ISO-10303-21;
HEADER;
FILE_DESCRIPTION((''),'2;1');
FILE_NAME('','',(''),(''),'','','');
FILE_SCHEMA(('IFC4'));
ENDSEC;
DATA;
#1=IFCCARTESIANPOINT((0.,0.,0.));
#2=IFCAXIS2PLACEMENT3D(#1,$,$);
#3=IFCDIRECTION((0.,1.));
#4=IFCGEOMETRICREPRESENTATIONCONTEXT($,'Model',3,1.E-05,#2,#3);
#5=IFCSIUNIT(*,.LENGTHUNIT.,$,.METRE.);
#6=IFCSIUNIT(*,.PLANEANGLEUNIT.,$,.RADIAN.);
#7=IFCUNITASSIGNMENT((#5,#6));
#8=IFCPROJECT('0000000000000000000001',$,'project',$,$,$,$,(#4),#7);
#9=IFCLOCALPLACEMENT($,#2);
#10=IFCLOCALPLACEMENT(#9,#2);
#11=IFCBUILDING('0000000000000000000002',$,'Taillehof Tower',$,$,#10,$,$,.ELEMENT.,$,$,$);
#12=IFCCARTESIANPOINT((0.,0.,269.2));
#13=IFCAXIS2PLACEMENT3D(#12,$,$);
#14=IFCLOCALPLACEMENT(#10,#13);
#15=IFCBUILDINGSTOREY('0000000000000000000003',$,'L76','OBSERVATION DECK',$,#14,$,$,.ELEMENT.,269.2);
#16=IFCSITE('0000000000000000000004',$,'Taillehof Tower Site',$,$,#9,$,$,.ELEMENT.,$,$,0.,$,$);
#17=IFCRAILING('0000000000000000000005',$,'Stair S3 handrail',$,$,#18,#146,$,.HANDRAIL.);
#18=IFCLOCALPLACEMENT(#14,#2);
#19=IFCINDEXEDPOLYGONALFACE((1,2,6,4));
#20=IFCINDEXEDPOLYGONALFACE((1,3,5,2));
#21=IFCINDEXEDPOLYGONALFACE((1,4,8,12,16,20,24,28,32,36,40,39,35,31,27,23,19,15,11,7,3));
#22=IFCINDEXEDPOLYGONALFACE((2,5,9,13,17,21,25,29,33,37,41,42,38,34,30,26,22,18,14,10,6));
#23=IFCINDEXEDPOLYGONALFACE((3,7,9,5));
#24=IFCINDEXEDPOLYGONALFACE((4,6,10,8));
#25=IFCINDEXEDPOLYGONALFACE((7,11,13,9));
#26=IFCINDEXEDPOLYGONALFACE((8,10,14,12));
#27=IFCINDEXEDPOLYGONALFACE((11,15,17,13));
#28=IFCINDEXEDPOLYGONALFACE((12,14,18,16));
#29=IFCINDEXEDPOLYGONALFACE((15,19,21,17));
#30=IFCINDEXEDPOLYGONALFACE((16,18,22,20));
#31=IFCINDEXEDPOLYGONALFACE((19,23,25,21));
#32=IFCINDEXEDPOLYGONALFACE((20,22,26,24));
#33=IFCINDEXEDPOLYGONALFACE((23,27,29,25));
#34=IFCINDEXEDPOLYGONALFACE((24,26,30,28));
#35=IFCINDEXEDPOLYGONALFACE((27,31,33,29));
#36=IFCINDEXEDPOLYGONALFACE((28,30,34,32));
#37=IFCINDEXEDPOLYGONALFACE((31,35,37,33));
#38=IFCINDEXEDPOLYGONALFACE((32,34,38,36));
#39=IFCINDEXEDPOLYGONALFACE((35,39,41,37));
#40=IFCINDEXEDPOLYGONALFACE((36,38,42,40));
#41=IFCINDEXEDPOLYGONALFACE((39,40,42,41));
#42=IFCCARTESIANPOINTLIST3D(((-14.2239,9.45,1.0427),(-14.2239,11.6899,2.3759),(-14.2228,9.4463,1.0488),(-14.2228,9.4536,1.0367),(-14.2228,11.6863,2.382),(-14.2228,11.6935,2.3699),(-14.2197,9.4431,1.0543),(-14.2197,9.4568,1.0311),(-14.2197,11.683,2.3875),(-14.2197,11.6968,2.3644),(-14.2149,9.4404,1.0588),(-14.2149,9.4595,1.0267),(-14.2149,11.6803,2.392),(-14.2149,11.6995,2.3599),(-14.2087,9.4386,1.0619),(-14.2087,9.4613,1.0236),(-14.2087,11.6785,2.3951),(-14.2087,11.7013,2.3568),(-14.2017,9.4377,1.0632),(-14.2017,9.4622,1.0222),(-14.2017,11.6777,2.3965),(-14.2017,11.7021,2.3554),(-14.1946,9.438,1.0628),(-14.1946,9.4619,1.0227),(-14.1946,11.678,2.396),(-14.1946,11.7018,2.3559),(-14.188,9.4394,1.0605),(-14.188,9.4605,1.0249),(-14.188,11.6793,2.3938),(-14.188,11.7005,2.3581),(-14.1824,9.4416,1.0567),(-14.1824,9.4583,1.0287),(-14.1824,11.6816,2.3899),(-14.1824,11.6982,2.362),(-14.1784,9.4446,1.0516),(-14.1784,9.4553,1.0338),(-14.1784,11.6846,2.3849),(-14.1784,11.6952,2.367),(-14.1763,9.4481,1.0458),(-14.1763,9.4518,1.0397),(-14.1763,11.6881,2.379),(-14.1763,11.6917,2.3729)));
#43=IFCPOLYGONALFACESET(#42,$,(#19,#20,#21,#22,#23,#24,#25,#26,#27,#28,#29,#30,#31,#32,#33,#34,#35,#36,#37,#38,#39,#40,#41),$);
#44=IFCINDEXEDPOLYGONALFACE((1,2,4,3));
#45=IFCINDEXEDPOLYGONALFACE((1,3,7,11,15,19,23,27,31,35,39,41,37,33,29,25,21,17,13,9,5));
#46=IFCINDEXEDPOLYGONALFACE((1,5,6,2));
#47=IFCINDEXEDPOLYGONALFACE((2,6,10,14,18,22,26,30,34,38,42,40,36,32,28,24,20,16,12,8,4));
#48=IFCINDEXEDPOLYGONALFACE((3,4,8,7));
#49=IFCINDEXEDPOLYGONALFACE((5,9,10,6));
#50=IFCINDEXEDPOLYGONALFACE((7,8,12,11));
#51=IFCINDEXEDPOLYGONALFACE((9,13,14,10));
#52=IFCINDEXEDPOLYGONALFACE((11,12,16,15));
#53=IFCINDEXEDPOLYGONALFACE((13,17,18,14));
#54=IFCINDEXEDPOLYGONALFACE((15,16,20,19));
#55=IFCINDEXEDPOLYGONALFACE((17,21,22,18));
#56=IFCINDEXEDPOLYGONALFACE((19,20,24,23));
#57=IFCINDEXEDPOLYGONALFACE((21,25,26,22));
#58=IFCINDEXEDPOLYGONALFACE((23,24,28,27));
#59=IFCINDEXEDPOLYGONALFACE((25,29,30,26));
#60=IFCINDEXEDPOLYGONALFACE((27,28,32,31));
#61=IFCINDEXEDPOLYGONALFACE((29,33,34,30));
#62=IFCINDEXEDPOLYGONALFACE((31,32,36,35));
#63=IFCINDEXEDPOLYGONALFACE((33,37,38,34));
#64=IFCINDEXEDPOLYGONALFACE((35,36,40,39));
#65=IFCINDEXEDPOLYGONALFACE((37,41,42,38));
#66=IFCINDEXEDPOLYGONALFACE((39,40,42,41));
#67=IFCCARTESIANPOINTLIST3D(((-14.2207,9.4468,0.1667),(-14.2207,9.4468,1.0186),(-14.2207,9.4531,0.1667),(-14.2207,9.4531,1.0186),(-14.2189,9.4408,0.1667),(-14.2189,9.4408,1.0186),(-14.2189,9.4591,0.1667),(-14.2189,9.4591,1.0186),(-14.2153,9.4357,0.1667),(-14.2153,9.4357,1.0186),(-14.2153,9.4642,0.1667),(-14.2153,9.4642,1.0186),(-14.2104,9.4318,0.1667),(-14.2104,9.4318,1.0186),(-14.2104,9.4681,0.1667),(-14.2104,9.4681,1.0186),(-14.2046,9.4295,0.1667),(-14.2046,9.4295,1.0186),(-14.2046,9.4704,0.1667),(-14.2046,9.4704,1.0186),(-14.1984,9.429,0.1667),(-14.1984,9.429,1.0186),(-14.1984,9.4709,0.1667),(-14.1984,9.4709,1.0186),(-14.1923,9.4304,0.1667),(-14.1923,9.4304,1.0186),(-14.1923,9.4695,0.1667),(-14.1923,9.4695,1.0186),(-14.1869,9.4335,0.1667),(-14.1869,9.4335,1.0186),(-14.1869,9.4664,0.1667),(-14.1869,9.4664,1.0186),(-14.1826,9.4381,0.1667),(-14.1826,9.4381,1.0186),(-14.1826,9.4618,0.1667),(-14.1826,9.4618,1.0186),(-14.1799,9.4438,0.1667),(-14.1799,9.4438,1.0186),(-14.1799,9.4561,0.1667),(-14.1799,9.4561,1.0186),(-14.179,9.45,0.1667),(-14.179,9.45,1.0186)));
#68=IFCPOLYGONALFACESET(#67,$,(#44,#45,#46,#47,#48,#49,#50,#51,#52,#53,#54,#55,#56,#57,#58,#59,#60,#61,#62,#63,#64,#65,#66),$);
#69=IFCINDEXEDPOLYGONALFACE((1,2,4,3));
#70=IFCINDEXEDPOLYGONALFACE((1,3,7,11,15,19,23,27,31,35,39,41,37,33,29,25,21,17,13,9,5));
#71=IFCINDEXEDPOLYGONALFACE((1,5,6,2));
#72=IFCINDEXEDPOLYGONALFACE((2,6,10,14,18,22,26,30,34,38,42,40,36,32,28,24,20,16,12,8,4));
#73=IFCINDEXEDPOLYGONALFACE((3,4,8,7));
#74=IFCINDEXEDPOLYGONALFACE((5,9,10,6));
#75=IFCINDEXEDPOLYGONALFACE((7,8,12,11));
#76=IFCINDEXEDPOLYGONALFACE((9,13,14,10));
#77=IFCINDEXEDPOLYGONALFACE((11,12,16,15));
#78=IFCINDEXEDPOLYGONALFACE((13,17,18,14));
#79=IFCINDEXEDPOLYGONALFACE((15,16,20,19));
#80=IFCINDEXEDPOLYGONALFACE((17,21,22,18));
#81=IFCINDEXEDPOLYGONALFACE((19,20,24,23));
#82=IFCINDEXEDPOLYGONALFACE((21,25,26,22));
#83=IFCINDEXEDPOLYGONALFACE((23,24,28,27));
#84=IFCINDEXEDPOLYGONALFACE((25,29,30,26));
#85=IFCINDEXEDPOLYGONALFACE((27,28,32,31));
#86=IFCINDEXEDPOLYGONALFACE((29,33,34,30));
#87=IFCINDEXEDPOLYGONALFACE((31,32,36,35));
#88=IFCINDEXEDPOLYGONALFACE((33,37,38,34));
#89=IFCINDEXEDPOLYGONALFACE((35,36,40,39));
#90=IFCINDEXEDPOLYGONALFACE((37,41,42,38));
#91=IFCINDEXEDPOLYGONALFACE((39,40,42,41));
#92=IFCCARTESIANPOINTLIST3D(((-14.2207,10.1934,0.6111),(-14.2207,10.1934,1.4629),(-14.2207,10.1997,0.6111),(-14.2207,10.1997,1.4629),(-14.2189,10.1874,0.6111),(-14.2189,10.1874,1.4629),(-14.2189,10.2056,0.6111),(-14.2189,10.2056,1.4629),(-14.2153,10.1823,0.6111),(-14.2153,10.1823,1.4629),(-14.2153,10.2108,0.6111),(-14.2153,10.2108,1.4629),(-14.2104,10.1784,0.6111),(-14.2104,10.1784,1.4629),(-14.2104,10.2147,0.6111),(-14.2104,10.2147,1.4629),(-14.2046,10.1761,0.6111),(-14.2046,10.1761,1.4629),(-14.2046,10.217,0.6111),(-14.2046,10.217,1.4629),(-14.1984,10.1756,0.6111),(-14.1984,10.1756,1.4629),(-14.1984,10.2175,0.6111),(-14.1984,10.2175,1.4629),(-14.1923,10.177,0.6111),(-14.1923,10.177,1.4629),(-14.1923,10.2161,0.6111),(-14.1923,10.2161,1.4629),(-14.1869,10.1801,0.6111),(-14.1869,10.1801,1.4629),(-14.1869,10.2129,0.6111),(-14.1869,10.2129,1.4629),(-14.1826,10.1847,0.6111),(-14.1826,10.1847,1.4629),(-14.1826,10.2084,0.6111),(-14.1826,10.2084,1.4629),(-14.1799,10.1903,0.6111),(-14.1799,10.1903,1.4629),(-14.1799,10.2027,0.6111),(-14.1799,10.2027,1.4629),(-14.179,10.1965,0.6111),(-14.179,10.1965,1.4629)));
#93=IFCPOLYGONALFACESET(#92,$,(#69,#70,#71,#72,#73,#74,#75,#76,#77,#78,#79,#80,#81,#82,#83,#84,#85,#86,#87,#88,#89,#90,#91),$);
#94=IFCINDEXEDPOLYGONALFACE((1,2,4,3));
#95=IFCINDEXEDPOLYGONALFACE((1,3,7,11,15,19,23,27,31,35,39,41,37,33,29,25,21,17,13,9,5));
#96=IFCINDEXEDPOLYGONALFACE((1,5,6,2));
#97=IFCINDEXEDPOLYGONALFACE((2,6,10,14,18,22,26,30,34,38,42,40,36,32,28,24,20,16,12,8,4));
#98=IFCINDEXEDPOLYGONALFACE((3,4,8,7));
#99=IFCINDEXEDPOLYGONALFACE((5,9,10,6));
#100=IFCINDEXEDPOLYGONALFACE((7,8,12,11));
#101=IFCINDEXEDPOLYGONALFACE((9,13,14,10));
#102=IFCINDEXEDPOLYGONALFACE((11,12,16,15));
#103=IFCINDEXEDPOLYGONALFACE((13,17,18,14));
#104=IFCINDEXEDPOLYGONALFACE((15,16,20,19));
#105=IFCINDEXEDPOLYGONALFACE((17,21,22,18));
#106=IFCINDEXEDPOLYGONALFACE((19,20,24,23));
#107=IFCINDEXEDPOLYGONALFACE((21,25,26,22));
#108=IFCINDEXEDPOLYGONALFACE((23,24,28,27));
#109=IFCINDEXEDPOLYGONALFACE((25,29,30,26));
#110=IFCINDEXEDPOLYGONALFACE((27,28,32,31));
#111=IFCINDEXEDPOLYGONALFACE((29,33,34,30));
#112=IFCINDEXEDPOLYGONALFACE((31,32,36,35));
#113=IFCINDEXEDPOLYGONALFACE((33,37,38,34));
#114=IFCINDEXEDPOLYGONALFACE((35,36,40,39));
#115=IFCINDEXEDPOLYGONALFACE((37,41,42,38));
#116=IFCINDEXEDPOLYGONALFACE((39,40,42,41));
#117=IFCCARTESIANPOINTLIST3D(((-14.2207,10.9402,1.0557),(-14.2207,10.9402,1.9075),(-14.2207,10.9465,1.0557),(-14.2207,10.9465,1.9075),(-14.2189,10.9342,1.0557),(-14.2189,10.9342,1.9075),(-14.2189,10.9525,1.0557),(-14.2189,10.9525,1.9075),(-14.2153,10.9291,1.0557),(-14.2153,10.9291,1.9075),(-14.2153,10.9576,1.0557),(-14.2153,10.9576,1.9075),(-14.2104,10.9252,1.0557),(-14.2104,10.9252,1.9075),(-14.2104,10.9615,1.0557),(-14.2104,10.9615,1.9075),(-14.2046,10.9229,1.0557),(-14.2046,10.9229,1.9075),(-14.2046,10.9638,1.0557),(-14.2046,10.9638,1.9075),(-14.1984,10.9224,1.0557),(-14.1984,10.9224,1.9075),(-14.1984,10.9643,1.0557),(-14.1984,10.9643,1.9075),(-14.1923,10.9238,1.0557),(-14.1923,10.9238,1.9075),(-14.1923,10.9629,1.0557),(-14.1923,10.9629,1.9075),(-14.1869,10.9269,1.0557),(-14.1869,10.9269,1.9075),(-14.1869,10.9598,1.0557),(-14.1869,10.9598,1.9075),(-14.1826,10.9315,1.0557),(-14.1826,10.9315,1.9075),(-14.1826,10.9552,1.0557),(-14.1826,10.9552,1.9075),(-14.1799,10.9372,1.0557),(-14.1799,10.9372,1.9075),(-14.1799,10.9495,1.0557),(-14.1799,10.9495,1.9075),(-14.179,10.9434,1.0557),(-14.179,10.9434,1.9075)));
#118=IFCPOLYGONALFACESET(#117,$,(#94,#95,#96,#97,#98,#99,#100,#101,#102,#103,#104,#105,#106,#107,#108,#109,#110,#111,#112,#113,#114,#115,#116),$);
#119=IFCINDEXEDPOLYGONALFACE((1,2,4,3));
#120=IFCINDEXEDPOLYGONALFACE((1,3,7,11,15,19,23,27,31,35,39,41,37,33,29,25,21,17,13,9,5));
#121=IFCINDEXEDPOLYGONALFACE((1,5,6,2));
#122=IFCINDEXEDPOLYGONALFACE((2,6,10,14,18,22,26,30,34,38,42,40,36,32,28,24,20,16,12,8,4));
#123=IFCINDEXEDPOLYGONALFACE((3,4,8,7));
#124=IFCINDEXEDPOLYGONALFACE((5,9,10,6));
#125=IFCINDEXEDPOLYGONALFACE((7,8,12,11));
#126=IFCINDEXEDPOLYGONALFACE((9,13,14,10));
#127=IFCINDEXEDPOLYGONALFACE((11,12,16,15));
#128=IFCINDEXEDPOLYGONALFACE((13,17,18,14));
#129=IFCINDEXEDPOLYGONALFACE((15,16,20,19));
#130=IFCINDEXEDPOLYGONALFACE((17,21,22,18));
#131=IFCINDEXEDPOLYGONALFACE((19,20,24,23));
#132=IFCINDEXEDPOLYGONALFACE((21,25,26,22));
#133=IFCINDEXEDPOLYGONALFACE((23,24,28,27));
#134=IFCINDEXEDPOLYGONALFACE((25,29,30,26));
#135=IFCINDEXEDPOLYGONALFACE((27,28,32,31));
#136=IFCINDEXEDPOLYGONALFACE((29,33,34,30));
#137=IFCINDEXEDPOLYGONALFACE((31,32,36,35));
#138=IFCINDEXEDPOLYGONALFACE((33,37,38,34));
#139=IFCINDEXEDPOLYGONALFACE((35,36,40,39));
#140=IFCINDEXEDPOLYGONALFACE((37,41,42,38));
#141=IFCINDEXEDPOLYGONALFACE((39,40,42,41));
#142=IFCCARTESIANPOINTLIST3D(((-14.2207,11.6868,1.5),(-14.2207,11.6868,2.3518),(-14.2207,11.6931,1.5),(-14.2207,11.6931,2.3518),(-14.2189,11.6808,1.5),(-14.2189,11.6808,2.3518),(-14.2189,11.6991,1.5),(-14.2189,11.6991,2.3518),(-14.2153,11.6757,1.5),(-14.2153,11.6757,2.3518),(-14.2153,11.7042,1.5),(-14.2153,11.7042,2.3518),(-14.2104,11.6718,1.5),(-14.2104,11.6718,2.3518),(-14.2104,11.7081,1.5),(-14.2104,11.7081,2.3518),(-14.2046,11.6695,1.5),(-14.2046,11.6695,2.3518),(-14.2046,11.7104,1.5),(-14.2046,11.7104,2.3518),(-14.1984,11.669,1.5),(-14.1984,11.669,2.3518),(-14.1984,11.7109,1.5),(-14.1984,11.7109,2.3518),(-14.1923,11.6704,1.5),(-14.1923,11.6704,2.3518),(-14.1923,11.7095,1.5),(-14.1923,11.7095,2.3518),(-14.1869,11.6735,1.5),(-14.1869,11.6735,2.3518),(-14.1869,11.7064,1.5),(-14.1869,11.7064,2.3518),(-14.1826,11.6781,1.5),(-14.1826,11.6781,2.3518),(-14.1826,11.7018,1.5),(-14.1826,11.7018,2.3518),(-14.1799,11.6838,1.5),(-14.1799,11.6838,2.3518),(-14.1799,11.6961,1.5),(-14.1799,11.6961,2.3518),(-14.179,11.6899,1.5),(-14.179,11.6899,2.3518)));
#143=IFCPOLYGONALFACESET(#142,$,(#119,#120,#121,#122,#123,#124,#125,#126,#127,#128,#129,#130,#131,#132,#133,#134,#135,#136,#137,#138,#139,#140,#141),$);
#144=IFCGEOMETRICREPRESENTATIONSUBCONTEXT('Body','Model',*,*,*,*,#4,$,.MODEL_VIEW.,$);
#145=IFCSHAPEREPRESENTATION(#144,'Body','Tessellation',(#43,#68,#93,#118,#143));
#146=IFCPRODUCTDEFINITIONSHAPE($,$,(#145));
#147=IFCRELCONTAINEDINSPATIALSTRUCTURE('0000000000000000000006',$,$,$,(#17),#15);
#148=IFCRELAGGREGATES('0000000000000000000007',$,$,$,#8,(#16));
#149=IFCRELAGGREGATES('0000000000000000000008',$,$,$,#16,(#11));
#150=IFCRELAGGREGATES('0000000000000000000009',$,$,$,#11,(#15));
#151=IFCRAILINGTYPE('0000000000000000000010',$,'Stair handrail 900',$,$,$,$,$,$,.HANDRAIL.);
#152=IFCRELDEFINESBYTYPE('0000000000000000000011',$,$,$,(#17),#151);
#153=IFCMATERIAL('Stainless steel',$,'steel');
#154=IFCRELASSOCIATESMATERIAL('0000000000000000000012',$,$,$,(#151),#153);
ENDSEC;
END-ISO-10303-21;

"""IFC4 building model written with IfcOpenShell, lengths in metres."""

from ifc_helpers import new_model, si_unit, direction, frame, origin, origin_2d, place, context, subcontext, project, spatial, circle, extrude, material, type_object, element, save


model = new_model("IFC4")

# Units and contexts
model_context = context("Model", 3, precision=1e-05, world=origin(), true_north=direction((0.0, 1.0)))
body_context = subcontext(model_context, "Body", "Model", "MODEL_VIEW")
ifc_project = project(units=[si_unit("LENGTHUNIT", "METRE"), si_unit("PLANEANGLEUNIT", "RADIAN")], contexts=[model_context])

# Site, building, storey
site_placement = place(None, origin())
site = spatial("IfcSite", under=ifc_project, at=site_placement, Name="Taillehof Tower Site", CompositionType="ELEMENT", RefElevation=0.0)
building_placement = place(site_placement, origin())
building = spatial("IfcBuilding", under=site, at=building_placement, Name="Taillehof Tower", CompositionType="ELEMENT")
storey_placement = place(building_placement, frame((0.0, 0.0, 269.2)))
storey = spatial("IfcBuildingStorey", under=building, at=storey_placement, Name="L76", Description="OBSERVATION DECK", CompositionType="ELEMENT", Elevation=269.2)

# Railing
ifc_material_1 = material(Name="Stainless steel", Category="steel")
railing_type_1 = type_object("IfcRailingType", Name="Stair handrail 900", PredefinedType="HANDRAIL", material=ifc_material_1)
railing_1_placement = place(storey_placement, frame((-14.2, 9.45, 0.1667)))
element("IfcRailing", 1, at=railing_1_placement, inside=storey, type_object=railing_type_1, Name="Stair S3 handrail", PredefinedType="HANDRAIL", context=body_context, shape_type="SweptSolid", body=[
    extrude(circle(Radius=0.0239, at=origin_2d()), frame((0.0, 0.0, 0.876), z_axis=(0.0, 0.859306, 0.511462), x_axis=(-1.0, 0.0, 0.0)), (0.0, 0.0, 1.0), 2.6067),
    extrude(circle(Radius=0.021, at=origin_2d()), origin(), (0.0, 0.0, 1.0), 0.8518),
    extrude(circle(Radius=0.021, at=origin_2d()), frame((0.0, 0.7466, 0.4443)), (0.0, 0.0, 1.0), 0.8518),
    extrude(circle(Radius=0.021, at=origin_2d()), frame((0.0, 1.4934, 0.8889)), (0.0, 0.0, 1.0), 0.8518),
    extrude(circle(Radius=0.021, at=origin_2d()), frame((0.0, 2.24, 1.3333)), (0.0, 0.0, 1.0), 0.8518),
])

save(model, "model.ifc")
